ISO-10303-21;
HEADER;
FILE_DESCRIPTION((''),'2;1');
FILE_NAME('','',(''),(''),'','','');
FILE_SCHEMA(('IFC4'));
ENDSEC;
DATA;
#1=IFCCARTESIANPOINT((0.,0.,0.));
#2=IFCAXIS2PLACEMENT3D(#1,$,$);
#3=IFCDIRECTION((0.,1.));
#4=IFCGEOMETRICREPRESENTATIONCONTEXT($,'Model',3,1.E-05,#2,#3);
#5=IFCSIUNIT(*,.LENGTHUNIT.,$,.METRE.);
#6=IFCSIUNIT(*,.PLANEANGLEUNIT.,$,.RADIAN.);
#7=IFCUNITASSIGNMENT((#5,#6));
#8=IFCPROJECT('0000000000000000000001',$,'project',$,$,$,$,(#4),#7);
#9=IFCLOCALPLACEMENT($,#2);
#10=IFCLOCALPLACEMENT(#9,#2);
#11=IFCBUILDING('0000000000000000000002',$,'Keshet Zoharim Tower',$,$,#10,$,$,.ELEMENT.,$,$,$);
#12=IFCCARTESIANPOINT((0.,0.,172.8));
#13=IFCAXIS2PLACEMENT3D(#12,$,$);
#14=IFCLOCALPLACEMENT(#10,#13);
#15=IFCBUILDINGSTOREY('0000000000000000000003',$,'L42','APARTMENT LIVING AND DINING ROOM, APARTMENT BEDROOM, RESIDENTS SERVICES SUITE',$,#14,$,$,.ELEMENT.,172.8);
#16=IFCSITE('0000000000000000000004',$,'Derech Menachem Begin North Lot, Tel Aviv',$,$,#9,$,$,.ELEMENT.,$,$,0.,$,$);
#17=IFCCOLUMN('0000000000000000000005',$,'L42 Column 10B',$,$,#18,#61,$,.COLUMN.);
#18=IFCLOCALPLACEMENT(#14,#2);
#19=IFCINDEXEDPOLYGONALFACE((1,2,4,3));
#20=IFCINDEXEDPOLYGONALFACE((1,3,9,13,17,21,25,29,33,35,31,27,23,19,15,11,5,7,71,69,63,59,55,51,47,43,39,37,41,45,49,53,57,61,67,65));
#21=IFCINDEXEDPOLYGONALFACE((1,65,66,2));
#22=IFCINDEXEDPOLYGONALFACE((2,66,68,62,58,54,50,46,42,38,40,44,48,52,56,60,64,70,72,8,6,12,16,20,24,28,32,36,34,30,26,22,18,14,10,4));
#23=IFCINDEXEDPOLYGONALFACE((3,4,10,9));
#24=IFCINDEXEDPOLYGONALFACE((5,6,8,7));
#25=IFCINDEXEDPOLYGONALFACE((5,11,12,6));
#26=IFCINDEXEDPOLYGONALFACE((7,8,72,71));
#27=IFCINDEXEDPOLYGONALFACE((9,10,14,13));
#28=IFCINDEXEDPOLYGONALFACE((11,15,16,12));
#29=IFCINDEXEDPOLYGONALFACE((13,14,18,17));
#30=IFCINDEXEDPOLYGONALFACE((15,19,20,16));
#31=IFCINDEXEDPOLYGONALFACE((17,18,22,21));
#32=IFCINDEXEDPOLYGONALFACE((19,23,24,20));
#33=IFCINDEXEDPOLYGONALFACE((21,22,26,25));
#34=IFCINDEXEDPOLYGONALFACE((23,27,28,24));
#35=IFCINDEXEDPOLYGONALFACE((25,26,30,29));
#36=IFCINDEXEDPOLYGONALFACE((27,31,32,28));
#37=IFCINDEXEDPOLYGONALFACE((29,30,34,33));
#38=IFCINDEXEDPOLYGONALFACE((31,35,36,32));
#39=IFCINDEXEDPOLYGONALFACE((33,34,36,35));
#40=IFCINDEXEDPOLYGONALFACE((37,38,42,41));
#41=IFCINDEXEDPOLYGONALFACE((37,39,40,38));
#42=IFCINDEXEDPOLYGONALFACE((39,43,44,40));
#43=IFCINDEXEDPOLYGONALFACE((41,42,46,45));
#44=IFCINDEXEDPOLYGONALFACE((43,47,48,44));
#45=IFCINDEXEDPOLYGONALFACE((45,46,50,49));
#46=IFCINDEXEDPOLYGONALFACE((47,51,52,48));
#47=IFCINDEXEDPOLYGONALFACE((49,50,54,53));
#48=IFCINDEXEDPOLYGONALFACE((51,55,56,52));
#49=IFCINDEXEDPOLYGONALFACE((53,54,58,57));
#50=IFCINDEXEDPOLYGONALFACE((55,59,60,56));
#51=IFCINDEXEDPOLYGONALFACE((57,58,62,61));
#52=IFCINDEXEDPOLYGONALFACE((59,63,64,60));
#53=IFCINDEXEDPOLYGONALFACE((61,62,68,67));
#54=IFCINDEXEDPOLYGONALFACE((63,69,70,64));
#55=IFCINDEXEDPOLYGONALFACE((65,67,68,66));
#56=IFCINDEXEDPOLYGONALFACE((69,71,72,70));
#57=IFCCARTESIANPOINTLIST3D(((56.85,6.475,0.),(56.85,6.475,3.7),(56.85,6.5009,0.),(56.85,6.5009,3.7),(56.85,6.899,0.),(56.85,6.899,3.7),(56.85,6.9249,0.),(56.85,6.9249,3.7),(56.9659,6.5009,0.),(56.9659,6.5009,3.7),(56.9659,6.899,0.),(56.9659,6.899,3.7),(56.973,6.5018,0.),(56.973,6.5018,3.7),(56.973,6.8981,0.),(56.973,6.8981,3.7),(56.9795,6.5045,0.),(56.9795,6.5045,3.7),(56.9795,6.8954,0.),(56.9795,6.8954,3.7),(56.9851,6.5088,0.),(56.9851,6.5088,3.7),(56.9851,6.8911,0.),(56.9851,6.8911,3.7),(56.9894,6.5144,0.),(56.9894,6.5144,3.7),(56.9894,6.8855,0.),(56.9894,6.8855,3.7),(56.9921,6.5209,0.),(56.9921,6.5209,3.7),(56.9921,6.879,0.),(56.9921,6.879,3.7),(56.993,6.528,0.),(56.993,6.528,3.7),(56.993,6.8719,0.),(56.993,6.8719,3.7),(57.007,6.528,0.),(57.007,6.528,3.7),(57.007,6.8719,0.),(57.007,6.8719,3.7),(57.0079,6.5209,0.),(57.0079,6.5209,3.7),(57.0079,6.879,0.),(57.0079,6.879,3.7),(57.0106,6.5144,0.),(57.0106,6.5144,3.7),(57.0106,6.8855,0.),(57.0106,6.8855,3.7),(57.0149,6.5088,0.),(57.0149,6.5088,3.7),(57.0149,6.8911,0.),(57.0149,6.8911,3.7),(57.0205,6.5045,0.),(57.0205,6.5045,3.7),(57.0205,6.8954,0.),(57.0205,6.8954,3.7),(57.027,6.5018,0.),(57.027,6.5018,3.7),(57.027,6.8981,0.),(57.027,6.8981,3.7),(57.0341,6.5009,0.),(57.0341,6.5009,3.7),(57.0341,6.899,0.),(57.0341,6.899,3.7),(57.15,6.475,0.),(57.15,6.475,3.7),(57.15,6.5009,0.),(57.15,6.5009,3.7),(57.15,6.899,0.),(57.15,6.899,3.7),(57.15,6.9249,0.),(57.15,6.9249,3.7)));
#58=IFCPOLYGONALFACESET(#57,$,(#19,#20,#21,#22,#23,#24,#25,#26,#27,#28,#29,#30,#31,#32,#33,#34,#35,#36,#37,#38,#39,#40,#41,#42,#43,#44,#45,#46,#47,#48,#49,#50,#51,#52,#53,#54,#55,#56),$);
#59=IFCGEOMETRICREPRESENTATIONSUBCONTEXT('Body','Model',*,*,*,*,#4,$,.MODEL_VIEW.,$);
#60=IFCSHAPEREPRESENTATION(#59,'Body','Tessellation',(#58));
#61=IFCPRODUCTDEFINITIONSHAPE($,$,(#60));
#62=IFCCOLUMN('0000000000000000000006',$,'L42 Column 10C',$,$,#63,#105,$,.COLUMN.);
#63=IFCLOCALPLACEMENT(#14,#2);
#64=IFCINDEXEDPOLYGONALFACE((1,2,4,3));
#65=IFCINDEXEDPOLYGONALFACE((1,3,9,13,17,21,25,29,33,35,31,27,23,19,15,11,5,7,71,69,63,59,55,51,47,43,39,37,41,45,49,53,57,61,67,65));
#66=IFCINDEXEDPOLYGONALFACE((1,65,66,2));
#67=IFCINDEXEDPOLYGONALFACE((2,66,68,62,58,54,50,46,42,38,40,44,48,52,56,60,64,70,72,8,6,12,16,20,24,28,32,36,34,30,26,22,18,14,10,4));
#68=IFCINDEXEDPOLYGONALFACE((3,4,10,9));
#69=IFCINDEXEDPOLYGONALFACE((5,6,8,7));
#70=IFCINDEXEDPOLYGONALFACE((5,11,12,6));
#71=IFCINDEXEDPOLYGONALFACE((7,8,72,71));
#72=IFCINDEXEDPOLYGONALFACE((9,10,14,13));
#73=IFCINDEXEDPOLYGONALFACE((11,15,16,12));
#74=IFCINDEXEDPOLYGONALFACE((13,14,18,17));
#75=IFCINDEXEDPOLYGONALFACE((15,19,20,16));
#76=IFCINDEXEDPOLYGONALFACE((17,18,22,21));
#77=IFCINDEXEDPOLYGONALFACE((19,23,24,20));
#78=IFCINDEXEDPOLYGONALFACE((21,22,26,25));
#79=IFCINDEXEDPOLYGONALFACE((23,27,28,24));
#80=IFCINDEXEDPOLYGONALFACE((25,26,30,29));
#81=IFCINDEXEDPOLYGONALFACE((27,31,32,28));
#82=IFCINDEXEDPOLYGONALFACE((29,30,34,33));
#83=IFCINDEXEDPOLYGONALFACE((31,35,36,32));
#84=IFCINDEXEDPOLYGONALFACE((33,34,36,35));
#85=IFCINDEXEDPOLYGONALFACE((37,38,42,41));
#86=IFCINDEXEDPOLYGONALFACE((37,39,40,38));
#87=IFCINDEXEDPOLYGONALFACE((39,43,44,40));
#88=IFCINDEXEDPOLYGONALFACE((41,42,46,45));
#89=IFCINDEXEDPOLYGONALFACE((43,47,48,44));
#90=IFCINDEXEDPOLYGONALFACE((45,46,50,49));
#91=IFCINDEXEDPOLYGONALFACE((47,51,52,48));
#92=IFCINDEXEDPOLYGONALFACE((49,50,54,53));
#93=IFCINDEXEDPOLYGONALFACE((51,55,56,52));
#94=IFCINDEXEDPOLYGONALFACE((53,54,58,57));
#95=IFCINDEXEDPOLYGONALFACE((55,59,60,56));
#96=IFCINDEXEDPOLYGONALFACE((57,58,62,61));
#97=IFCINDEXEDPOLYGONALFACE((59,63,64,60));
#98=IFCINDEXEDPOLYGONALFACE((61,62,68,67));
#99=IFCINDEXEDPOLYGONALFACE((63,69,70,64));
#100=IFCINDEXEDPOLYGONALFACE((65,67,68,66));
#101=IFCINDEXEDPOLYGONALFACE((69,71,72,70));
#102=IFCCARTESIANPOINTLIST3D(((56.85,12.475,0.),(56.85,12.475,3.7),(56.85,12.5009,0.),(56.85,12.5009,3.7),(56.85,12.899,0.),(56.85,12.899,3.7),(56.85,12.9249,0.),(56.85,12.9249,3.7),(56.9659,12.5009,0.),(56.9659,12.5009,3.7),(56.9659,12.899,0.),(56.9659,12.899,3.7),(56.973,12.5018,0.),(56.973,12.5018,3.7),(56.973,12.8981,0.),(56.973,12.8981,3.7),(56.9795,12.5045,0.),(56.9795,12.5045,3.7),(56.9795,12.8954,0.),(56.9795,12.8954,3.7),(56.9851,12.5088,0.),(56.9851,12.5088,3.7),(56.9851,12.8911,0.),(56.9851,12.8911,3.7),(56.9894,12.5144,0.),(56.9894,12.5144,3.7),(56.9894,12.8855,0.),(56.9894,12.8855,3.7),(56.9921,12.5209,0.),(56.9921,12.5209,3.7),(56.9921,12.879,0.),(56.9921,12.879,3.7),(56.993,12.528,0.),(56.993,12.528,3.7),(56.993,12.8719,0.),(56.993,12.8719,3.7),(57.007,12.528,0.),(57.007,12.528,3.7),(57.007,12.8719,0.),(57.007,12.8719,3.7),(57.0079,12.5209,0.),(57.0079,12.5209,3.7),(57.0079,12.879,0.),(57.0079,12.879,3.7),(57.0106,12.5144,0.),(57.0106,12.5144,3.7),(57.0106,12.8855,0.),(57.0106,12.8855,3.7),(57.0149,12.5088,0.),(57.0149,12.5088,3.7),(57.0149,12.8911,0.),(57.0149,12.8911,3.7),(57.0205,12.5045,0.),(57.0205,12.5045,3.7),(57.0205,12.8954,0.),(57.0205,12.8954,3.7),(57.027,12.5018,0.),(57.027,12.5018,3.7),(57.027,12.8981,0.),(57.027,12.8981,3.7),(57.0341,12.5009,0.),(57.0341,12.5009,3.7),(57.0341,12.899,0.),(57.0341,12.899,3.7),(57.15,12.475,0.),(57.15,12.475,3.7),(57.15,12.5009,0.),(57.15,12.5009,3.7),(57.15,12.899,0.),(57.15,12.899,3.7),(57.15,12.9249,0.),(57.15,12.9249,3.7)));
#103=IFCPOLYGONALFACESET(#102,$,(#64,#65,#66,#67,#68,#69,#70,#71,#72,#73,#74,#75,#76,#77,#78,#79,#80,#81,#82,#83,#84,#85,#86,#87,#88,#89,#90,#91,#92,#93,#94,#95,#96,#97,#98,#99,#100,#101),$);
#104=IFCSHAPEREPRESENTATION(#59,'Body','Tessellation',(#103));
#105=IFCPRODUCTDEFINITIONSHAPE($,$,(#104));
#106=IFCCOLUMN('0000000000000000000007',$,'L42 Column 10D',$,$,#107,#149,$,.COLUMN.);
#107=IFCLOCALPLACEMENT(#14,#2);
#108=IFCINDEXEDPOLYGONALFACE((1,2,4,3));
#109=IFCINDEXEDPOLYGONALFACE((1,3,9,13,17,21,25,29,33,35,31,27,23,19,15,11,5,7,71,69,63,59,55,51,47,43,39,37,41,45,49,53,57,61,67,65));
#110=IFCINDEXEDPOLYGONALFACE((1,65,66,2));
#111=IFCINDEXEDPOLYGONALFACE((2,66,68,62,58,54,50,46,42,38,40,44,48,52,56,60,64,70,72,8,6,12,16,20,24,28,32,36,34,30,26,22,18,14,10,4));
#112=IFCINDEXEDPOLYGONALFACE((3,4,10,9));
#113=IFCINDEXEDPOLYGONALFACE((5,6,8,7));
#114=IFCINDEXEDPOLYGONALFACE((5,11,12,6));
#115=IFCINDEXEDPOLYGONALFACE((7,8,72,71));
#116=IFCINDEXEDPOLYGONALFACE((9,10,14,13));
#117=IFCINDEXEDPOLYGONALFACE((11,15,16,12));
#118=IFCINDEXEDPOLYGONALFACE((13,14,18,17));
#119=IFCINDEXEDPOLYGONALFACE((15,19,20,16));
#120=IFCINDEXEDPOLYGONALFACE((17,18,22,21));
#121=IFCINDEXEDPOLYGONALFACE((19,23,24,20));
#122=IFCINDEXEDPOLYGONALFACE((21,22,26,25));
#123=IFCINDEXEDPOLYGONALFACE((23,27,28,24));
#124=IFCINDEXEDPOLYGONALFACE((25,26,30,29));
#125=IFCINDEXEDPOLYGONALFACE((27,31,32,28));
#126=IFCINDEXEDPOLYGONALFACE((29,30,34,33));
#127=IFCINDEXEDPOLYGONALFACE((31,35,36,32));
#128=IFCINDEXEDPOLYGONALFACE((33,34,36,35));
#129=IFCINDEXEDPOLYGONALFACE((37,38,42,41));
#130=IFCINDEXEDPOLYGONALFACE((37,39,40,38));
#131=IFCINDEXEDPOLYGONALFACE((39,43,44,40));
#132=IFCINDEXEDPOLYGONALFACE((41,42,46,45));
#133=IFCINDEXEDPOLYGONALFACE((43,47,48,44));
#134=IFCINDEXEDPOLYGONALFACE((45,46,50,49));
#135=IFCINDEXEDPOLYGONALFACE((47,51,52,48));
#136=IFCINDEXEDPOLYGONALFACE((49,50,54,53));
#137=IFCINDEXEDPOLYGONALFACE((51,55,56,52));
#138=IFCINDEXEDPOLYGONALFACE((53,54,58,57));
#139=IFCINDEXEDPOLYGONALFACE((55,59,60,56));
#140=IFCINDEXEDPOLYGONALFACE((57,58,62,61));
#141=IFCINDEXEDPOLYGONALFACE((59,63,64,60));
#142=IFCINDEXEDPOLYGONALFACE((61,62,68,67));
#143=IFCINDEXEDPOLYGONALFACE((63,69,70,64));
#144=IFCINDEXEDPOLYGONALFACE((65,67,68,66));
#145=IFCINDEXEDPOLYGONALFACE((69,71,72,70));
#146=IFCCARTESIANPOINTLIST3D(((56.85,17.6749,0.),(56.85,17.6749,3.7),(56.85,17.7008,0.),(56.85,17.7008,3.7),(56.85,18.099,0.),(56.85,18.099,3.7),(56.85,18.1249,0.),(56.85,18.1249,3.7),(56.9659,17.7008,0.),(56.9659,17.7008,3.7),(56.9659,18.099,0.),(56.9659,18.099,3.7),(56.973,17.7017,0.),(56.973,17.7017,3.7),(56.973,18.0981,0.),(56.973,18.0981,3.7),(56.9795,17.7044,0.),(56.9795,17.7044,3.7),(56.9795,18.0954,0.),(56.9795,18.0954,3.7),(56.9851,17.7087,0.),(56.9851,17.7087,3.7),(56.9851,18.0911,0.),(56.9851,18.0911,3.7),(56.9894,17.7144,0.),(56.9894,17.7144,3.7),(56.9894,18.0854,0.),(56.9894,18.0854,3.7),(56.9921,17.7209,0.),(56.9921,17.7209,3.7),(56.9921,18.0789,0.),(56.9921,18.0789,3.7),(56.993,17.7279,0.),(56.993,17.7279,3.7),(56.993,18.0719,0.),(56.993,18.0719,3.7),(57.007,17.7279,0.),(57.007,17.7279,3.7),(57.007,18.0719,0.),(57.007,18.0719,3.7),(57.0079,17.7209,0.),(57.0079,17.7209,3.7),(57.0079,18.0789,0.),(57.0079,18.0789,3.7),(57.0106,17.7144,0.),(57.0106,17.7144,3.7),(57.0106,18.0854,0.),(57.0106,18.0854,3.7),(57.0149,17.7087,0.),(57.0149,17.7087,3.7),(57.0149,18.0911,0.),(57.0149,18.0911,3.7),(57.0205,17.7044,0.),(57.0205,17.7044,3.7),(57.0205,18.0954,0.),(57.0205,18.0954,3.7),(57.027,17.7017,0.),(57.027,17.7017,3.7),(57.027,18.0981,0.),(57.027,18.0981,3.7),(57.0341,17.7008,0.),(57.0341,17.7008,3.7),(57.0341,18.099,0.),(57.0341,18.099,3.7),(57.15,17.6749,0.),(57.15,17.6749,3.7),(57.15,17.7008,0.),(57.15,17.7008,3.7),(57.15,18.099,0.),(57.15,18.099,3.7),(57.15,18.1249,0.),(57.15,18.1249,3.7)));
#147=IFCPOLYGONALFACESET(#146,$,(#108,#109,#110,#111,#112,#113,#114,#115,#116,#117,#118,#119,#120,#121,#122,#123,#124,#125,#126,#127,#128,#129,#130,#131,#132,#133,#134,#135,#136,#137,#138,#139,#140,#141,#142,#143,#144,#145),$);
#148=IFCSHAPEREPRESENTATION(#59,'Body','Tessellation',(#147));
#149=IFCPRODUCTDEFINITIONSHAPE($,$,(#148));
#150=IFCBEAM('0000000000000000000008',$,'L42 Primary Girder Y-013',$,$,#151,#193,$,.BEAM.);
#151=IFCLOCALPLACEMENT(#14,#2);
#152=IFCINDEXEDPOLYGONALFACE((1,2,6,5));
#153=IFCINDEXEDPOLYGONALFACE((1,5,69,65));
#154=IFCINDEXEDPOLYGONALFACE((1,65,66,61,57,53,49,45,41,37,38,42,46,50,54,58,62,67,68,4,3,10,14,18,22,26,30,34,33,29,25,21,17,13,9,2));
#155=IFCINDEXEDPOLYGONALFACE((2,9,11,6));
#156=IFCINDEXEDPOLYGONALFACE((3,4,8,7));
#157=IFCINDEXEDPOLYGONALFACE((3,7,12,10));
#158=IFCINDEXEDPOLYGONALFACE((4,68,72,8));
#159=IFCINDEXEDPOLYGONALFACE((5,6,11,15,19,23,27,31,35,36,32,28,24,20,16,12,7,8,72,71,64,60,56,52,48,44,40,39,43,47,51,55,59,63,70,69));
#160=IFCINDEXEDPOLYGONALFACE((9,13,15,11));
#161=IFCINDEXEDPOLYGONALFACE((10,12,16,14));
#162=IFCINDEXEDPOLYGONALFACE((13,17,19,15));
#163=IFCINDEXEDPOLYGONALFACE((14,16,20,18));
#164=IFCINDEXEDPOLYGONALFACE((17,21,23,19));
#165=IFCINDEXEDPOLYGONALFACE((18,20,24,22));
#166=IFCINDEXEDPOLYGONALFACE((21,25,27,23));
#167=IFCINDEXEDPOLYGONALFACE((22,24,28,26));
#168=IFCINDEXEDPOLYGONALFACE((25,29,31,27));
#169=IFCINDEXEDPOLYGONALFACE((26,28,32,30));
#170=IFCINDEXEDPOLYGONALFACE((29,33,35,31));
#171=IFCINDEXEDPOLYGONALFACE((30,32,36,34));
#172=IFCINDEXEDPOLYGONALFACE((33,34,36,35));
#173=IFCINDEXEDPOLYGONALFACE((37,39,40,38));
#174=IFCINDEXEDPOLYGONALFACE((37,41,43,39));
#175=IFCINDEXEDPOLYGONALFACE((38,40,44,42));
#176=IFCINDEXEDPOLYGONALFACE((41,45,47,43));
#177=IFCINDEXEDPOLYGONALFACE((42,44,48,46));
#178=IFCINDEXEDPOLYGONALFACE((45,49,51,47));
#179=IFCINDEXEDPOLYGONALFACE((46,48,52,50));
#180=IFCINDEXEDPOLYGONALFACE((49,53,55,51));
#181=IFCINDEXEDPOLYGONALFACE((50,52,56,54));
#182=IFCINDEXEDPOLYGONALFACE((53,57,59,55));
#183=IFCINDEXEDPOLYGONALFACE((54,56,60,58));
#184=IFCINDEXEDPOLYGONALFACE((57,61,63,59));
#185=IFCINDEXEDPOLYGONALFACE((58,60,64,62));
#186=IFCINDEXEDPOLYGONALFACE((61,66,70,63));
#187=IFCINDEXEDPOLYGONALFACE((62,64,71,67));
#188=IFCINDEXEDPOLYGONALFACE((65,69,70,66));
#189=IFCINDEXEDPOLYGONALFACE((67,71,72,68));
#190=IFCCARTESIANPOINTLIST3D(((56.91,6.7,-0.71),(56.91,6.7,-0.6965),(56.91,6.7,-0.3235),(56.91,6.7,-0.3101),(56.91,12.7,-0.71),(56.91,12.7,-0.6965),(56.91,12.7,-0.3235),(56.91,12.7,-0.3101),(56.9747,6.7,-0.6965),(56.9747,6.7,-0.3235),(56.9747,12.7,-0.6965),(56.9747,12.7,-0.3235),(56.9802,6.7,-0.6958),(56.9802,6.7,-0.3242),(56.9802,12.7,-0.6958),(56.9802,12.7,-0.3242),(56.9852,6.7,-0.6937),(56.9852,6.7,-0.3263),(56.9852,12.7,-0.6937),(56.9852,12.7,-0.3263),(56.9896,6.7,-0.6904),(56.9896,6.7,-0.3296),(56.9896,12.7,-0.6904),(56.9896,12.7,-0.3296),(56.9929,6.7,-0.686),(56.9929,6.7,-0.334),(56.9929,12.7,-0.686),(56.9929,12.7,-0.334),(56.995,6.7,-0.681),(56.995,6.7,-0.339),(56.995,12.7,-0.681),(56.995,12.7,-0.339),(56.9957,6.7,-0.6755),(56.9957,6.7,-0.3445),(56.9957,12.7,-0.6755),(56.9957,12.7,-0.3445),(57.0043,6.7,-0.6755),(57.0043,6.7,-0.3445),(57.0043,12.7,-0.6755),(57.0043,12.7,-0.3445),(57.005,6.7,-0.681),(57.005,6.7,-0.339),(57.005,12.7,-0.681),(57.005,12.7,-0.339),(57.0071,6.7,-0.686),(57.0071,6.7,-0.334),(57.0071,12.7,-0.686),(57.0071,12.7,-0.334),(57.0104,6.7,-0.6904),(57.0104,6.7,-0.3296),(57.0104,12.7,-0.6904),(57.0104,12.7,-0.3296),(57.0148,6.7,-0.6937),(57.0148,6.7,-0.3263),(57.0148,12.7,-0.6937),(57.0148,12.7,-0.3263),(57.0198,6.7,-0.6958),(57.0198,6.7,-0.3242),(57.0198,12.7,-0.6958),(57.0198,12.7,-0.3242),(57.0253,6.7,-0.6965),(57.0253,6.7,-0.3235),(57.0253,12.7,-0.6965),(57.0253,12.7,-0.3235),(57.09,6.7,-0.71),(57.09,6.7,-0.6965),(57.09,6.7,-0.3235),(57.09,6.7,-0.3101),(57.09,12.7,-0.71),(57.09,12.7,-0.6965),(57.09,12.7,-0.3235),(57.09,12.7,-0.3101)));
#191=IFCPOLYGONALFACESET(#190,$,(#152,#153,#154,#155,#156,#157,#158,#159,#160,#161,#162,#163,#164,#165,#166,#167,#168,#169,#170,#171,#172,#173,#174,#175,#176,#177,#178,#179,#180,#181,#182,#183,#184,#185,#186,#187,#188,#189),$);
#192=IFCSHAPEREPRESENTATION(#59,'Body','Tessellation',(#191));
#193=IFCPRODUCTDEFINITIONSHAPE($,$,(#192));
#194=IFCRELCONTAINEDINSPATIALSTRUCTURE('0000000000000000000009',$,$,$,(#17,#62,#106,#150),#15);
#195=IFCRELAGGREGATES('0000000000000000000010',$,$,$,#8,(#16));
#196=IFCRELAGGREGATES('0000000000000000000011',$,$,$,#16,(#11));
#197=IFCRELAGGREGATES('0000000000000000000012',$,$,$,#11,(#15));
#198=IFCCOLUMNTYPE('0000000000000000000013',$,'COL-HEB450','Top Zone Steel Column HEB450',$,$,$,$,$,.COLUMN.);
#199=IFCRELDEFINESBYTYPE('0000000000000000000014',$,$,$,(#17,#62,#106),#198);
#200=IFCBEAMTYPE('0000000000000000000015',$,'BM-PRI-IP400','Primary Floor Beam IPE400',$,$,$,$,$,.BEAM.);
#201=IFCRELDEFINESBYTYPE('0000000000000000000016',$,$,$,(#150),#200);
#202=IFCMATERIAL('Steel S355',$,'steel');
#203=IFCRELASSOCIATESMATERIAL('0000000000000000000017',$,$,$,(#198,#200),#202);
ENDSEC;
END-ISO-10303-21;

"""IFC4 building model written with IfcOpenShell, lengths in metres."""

from ifc_helpers import new_model, si_unit, direction, frame, origin, origin_2d, place, context, subcontext, project, spatial, i_section, extrude, material, material_profile, profile_set, type_object, element, save


model = new_model("IFC4")

# Units and contexts
model_context = context("Model", 3, precision=1e-05, world=origin(), true_north=direction((0.0, 1.0)))
body_context = subcontext(model_context, "Body", "Model", "MODEL_VIEW")
ifc_project = project(units=[si_unit("LENGTHUNIT", "METRE"), si_unit("PLANEANGLEUNIT", "RADIAN")], contexts=[model_context])

# Site, building, storey
site_placement = place(None, origin())
site = spatial("IfcSite", under=ifc_project, at=site_placement, Name="Derech Menachem Begin North Lot, Tel Aviv", CompositionType="ELEMENT", RefElevation=0.0)
building_placement = place(site_placement, origin())
building = spatial("IfcBuilding", under=site, at=building_placement, Name="Keshet Zoharim Tower", CompositionType="ELEMENT")
storey_placement = place(building_placement, frame((0.0, 0.0, 172.8)))
storey = spatial("IfcBuildingStorey", under=building, at=storey_placement, Name="L42", Description="APARTMENT LIVING AND DINING ROOM, APARTMENT BEDROOM, RESIDENTS SERVICES SUITE", CompositionType="ELEMENT", Elevation=172.8)

# Columns
ifc_material_1 = material(Name="Steel S355", Category="steel")
ifc_material_profile_1 = material_profile(ifc_material_1, i_section(OverallWidth=0.3, OverallDepth=0.45, WebThickness=0.0139, FlangeThickness=0.0259, FilletRadius=0.0271, at=origin_2d()), Name="HEB450")
ifc_profile_set_1 = profile_set([ifc_material_profile_1], Name="Steel S355")
column_type = type_object("IfcColumnType", Name="COL-HEB450", Description="Top Zone Steel Column HEB450", PredefinedType="COLUMN", material=ifc_profile_set_1)
for number, where, z_axis, x_axis, name in (
    (1, (57.0, 6.7, 0.0), (0.0, 0.0, 1.0), (1.0, 0.0, 0.0), "L42 Column 10B"),
    (2, (57.0, 12.7, 0.0), (0.0, 0.0, 1.0), (1.0, 0.0, 0.0), "L42 Column 10C"),
    (3, (57.0, 17.8999, 0.0), (0.0, 0.0, 1.0), (1.0, 0.0, 0.0), "L42 Column 10D"),
):
    element("IfcColumn", number, at=place(storey_placement, frame(where, z_axis=z_axis, x_axis=x_axis)), inside=storey, type_object=column_type, Name=name, PredefinedType="COLUMN", context=body_context, shape_type="SweptSolid", body=[
        extrude(i_section(OverallWidth=0.3, OverallDepth=0.45, WebThickness=0.0139, FlangeThickness=0.0259, FilletRadius=0.0271, at=origin_2d()), origin(), (0.0, 0.0, 1.0), 3.7),
    ])

# Beam
ifc_material_profile_2 = material_profile(ifc_material_1, i_section(OverallWidth=0.1799, OverallDepth=0.3999, WebThickness=0.0085, FlangeThickness=0.0134, FilletRadius=0.021, at=origin_2d()), Name="IPE400")
ifc_profile_set_2 = profile_set([ifc_material_profile_2], Name="Steel S355")
beam_type = type_object("IfcBeamType", Name="BM-PRI-IP400", Description="Primary Floor Beam IPE400", PredefinedType="BEAM", material=ifc_profile_set_2)
beam_1_placement = place(storey_placement, frame((57.0, 6.7, -0.51), z_axis=(0.0, 1.0, 0.0), x_axis=(-1.0, 0.0, 0.0)))
element("IfcBeam", 4, at=beam_1_placement, inside=storey, type_object=beam_type, Name="L42 Primary Girder Y-013", PredefinedType="BEAM", context=body_context, shape_type="SweptSolid", body=[
    extrude(i_section(OverallWidth=0.1799, OverallDepth=0.3999, WebThickness=0.0085, FlangeThickness=0.0134, FilletRadius=0.021, at=origin_2d()), origin(), (0.0, 0.0, 1.0), 6.0),
])

save(model, "model.ifc")
